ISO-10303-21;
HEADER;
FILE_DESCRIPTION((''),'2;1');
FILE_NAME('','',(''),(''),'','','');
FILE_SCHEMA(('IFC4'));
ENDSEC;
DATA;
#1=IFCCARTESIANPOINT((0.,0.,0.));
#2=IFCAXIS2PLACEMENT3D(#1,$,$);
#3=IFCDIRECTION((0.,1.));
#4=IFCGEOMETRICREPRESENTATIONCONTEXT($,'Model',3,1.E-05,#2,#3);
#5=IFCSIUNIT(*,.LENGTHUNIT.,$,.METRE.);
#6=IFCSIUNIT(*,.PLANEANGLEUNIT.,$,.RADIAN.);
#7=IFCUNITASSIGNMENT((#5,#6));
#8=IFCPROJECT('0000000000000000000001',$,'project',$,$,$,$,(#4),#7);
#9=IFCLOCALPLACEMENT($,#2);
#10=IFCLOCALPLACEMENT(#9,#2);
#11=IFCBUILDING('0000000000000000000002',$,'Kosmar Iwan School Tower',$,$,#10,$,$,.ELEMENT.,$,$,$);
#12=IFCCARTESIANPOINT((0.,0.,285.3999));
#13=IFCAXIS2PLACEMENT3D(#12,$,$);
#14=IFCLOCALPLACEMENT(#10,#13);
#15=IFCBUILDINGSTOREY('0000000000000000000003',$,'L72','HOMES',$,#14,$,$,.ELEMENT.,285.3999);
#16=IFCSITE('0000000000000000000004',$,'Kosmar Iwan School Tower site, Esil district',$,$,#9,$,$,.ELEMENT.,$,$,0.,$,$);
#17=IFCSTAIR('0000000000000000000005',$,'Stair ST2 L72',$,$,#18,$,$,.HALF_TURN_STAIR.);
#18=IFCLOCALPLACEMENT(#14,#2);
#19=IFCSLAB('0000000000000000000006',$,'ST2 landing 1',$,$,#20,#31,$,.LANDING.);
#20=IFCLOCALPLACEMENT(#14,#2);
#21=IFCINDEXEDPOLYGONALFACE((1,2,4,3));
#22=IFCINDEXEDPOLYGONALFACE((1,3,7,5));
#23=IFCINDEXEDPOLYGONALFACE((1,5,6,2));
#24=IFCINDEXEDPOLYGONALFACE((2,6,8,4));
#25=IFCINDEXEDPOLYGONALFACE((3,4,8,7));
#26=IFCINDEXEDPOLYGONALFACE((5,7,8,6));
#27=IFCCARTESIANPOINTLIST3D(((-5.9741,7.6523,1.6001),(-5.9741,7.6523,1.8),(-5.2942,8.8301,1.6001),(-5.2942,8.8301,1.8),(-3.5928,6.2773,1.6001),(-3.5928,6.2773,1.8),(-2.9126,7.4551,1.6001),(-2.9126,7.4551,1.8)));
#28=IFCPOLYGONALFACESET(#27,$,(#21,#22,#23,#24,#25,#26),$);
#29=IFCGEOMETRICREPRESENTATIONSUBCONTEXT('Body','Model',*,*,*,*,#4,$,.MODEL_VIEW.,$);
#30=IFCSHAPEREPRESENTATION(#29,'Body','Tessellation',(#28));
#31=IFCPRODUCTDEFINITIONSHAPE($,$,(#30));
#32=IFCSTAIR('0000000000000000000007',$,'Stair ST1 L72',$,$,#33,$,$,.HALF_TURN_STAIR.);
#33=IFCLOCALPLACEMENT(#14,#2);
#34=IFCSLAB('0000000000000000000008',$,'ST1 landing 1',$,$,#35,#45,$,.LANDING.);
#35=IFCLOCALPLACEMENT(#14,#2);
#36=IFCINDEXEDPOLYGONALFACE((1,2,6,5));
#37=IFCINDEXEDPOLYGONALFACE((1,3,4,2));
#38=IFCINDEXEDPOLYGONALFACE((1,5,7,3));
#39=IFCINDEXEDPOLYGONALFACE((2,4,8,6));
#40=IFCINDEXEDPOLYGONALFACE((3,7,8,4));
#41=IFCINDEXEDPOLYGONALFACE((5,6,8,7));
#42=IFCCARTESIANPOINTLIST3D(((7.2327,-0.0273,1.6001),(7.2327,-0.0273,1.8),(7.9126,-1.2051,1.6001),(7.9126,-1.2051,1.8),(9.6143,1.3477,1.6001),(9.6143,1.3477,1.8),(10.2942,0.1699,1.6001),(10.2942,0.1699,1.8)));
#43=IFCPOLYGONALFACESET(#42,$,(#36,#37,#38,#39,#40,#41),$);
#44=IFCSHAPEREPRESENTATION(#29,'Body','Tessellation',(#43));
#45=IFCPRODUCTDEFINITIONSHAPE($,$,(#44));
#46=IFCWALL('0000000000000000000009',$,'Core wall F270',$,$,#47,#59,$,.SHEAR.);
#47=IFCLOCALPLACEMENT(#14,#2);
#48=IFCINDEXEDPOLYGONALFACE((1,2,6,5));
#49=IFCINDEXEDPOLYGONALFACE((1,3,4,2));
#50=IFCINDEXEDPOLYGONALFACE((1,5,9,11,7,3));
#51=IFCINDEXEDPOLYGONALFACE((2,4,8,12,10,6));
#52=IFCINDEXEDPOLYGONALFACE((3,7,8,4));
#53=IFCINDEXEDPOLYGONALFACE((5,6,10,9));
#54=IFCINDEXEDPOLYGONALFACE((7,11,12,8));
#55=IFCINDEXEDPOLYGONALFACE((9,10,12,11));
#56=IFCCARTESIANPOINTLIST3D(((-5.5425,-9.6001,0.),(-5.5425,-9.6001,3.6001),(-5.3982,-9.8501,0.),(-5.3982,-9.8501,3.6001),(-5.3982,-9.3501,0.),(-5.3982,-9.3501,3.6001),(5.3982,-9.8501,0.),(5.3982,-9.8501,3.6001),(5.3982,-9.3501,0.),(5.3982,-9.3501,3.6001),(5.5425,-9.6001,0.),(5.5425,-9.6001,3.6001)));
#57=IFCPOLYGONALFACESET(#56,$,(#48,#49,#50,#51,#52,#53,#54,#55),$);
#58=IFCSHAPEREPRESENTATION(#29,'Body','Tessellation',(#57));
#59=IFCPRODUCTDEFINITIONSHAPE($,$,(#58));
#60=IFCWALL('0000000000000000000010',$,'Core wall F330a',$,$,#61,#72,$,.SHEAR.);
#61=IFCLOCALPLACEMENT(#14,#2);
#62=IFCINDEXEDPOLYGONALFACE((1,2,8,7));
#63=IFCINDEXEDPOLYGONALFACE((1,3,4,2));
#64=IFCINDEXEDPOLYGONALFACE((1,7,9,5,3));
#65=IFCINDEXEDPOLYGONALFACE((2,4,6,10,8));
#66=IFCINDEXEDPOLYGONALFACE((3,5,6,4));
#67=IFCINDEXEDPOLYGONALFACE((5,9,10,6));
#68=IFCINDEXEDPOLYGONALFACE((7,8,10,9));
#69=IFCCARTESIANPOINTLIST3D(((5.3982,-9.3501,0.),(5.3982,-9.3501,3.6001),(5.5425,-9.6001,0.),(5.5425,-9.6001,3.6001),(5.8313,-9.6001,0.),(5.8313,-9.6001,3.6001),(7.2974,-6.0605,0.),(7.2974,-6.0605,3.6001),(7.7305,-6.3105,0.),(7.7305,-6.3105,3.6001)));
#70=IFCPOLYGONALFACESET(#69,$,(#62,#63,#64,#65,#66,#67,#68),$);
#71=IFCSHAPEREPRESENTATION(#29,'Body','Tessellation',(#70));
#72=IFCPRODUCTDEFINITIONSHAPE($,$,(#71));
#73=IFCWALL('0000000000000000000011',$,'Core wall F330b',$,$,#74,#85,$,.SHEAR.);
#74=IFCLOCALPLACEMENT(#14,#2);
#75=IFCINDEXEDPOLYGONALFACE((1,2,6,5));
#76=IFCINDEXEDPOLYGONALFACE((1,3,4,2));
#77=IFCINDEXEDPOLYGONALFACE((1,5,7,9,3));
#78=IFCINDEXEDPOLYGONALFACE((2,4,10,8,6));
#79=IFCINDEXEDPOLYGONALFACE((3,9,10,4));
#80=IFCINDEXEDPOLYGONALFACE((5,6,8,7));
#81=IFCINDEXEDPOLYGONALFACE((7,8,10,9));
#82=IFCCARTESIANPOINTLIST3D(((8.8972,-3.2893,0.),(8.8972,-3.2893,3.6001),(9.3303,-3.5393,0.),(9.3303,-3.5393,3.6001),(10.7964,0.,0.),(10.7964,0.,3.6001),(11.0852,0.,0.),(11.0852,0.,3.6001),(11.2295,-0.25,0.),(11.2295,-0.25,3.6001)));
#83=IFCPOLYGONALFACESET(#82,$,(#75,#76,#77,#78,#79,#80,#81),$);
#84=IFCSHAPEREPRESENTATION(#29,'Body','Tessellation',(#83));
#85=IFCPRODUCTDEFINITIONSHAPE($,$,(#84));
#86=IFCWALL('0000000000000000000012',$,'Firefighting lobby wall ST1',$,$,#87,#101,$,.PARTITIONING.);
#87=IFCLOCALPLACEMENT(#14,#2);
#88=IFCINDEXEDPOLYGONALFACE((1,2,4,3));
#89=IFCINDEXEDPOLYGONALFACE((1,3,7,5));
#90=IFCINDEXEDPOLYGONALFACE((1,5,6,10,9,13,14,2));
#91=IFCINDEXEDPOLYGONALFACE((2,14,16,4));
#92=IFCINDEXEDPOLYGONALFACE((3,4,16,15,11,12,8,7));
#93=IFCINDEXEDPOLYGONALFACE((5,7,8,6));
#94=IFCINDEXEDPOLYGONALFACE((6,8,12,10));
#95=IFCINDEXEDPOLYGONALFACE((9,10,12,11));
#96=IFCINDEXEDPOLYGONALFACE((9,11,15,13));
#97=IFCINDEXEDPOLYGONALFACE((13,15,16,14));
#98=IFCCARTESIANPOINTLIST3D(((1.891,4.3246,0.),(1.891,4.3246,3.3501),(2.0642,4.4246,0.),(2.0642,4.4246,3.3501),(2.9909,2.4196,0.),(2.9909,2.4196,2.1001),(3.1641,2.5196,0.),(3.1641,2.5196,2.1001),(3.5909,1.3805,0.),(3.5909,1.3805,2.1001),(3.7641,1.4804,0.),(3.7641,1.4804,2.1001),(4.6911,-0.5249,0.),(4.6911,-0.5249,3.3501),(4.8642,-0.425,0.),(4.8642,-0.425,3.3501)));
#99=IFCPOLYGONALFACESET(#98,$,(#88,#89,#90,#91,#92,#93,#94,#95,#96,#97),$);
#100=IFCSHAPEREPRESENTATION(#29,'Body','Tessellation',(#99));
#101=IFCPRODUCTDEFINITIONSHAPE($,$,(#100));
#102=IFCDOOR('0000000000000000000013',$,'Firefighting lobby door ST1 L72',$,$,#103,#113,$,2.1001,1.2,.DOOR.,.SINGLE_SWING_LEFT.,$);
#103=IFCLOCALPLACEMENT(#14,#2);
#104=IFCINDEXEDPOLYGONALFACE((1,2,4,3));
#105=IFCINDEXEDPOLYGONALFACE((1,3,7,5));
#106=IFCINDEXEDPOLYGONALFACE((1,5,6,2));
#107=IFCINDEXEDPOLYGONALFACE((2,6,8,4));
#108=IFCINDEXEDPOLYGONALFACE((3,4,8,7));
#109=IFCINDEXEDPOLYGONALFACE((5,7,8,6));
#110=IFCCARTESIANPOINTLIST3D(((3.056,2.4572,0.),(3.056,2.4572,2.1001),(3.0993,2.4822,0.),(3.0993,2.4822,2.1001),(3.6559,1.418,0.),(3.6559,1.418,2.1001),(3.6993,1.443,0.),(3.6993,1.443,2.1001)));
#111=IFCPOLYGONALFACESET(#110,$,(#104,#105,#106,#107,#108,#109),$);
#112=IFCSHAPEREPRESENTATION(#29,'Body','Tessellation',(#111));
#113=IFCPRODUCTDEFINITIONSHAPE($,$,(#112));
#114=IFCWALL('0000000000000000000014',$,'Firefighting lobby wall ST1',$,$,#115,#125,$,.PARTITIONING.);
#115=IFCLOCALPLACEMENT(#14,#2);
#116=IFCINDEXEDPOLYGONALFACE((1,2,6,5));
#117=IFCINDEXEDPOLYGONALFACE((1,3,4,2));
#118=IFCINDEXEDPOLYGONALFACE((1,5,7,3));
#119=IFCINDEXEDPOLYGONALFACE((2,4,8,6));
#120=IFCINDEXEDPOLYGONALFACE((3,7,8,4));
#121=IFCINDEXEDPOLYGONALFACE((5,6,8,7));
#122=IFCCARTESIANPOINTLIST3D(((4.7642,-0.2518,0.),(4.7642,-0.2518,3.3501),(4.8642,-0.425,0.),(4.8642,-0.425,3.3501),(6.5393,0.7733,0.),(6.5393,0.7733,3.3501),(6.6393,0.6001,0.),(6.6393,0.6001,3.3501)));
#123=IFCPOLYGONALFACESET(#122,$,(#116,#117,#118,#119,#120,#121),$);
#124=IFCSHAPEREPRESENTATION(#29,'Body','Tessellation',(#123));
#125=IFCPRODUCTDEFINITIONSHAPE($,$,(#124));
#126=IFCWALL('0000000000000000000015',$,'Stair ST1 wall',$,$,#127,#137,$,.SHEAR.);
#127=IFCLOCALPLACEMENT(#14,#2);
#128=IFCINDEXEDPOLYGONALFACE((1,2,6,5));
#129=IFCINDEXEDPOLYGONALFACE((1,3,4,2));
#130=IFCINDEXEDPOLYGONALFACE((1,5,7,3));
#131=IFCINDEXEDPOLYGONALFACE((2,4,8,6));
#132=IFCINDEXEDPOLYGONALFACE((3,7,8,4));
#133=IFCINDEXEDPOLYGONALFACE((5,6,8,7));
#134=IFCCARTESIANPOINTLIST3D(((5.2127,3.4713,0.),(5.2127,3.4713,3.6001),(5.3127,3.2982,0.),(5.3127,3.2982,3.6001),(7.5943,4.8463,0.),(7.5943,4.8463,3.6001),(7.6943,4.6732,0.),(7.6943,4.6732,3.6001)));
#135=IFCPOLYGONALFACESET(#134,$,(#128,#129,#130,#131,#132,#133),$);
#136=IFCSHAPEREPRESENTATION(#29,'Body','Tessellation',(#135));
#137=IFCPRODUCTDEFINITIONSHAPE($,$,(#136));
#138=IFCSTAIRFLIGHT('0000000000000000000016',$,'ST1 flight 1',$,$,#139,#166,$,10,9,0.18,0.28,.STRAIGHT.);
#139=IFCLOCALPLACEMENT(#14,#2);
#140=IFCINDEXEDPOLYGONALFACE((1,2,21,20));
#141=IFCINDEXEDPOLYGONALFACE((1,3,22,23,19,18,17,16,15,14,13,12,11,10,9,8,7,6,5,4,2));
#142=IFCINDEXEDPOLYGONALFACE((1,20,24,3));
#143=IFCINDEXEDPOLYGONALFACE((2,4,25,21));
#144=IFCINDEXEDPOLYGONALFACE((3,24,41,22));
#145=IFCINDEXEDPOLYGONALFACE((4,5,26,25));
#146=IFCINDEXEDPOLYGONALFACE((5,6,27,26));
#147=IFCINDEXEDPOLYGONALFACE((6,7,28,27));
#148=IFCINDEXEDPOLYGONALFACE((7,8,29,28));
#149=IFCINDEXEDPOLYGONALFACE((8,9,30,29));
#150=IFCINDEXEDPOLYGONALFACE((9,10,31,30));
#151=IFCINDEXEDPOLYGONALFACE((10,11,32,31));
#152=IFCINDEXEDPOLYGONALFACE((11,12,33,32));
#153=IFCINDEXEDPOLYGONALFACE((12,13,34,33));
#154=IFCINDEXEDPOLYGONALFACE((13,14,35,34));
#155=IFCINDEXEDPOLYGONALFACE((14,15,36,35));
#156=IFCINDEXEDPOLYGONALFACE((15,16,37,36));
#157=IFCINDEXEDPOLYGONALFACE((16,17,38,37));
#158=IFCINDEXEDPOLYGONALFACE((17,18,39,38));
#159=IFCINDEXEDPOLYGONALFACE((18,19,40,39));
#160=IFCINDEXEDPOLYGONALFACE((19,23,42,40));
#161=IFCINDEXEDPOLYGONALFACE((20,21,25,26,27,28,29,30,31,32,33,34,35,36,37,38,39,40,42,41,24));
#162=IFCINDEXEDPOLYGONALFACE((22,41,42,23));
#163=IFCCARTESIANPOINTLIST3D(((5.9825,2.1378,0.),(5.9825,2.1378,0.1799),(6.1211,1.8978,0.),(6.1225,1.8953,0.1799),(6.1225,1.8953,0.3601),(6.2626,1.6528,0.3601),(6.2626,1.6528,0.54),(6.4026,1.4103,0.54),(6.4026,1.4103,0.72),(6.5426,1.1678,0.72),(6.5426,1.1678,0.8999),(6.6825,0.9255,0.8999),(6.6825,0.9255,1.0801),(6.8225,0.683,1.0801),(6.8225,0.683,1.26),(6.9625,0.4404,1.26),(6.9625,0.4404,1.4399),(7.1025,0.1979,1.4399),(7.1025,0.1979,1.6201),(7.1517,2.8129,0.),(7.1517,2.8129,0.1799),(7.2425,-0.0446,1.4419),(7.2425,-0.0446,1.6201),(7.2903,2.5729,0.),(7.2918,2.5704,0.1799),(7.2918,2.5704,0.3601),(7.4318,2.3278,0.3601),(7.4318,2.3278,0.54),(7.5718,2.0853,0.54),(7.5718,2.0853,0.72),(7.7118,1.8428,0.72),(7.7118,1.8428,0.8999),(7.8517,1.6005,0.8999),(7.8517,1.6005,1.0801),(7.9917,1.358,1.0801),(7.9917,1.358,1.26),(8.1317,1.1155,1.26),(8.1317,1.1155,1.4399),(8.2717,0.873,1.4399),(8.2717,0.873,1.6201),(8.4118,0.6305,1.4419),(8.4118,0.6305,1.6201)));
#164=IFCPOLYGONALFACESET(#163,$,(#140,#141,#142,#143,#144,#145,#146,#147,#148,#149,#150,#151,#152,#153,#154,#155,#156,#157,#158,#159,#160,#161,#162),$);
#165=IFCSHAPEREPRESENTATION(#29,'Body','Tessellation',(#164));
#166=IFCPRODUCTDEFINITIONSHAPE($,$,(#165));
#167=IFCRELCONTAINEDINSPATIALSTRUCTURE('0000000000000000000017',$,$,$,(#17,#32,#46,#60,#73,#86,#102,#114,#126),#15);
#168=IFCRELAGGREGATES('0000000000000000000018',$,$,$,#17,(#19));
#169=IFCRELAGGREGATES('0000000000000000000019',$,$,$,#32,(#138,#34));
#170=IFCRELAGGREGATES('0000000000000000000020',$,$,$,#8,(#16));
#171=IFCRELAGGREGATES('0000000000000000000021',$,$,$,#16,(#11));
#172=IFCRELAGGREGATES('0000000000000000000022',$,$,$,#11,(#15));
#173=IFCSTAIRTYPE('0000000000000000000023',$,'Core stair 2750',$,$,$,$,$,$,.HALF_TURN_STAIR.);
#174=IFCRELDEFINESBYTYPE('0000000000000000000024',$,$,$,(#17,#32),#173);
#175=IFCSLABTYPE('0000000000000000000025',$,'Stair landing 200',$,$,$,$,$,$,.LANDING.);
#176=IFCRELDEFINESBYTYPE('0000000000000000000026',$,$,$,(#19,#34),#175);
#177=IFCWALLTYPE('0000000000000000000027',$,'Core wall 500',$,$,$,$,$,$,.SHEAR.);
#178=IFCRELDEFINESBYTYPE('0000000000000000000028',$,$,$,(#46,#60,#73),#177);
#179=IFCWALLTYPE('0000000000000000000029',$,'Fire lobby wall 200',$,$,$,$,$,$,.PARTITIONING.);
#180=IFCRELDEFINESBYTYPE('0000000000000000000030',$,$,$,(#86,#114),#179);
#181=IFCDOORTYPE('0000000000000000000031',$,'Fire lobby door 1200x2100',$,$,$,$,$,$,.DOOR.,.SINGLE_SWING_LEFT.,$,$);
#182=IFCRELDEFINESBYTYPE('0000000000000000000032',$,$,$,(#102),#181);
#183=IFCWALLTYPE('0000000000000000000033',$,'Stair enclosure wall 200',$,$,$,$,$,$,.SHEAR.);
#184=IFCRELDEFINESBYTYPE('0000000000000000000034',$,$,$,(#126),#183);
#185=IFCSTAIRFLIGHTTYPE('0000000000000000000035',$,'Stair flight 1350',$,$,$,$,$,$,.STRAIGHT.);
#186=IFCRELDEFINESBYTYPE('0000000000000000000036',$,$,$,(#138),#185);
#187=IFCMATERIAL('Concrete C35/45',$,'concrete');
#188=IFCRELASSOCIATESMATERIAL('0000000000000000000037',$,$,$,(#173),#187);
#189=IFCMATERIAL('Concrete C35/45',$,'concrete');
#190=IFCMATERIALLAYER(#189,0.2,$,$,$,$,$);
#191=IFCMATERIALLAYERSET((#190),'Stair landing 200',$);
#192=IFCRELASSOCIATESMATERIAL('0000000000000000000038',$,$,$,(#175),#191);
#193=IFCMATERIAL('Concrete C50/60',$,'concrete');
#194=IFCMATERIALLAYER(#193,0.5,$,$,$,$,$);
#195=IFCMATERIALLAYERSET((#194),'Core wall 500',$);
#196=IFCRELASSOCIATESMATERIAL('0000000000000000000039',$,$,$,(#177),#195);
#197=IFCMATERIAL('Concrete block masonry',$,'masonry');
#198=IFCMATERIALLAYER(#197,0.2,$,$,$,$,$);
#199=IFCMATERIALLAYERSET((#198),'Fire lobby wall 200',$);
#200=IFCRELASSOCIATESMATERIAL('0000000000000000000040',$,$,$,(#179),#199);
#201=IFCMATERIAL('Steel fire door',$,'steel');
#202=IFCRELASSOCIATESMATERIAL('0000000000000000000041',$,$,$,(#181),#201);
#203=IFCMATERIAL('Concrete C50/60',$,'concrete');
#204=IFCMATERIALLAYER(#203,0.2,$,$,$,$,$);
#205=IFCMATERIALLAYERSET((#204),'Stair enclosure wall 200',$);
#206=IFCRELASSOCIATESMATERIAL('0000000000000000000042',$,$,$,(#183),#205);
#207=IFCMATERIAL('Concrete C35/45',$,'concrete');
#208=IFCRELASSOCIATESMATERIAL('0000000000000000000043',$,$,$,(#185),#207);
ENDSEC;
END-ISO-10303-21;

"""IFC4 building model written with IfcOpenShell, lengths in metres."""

from ifc_helpers import new_model, si_unit, direction, frame, frame_2d, origin, place, context, subcontext, project, spatial, polyline, rectangle, outline, extrude, material, layer, layer_set, type_object, element, fill, aggregate, save


model = new_model("IFC4")

# Units and contexts
model_context = context("Model", 3, precision=1e-05, world=origin(), true_north=direction((0.0, 1.0)))
body_context = subcontext(model_context, "Body", "Model", "MODEL_VIEW")
ifc_project = project(units=[si_unit("LENGTHUNIT", "METRE"), si_unit("PLANEANGLEUNIT", "RADIAN")], contexts=[model_context])

# Site, building, storey
site_placement = place(None, origin())
site = spatial("IfcSite", under=ifc_project, at=site_placement, Name="Kosmar Iwan School Tower site, Esil district", CompositionType="ELEMENT", RefElevation=0.0)
building_placement = place(site_placement, origin())
building = spatial("IfcBuilding", under=site, at=building_placement, Name="Kosmar Iwan School Tower", CompositionType="ELEMENT")
storey_placement = place(building_placement, frame((0.0, 0.0, 285.3999)))
storey = spatial("IfcBuildingStorey", under=building, at=storey_placement, Name="L72", Description="HOMES", CompositionType="ELEMENT", Elevation=285.3999)

# Stairs, slabs
ifc_material_1 = material(Name="Concrete C35/45", Category="concrete")
stair_type = type_object("IfcStairType", Name="Core stair 2750", PredefinedType="HALF_TURN_STAIR", material=ifc_material_1)
stair_1_placement = place(storey_placement, origin())
stair_1 = element("IfcStair", 1, at=stair_1_placement, inside=storey, type_object=stair_type, Name="Stair ST2 L72", PredefinedType="HALF_TURN_STAIR")
ifc_material_2 = material(Name="Concrete C35/45", Category="concrete")
ifc_layer_1 = layer(ifc_material_2, 0.2)
ifc_layer_set_1 = layer_set([ifc_layer_1], Name="Stair landing 200")
slab_type = type_object("IfcSlabType", Name="Stair landing 200", PredefinedType="LANDING", material=ifc_layer_set_1)
slab_1_placement = place(storey_placement, frame((0.0, 0.0, 1.6001)))
slab_1 = element("IfcSlab", 2, at=slab_1_placement, type_object=slab_type, Name="ST2 landing 1", PredefinedType="LANDING", context=body_context, shape_type="SweptSolid", body=[
    extrude(outline(polyline([(-2.9126, 7.4551), (-5.2942, 8.8301), (-5.9741, 7.6523), (-3.5928, 6.2773), (-2.9126, 7.4551)])), origin(), (0.0, 0.0, 1.0), 0.2),
])
aggregate(stair_1, [slab_1])
stair_2_placement = place(storey_placement, origin())
stair_2 = element("IfcStair", 3, at=stair_2_placement, inside=storey, type_object=stair_type, Name="Stair ST1 L72", PredefinedType="HALF_TURN_STAIR")
slab_2_placement = place(storey_placement, frame((0.0, 0.0, 1.6001)))
slab_2 = element("IfcSlab", 4, at=slab_2_placement, type_object=slab_type, Name="ST1 landing 1", PredefinedType="LANDING", context=body_context, shape_type="SweptSolid", body=[
    extrude(outline(polyline([(7.9126, -1.2051), (10.2942, 0.1699), (9.6143, 1.3477), (7.2327, -0.0273), (7.9126, -1.2051)])), origin(), (0.0, 0.0, 1.0), 0.2),
])

# Walls
ifc_material_3 = material(Name="Concrete C50/60", Category="concrete")
ifc_layer_2 = layer(ifc_material_3, 0.5)
ifc_layer_set_2 = layer_set([ifc_layer_2], Name="Core wall 500")
wall_type_1 = type_object("IfcWallType", Name="Core wall 500", PredefinedType="SHEAR", material=ifc_layer_set_2)
wall_1_placement = place(storey_placement, origin())
element("IfcWall", 5, at=wall_1_placement, inside=storey, type_object=wall_type_1, Name="Core wall F270", PredefinedType="SHEAR", context=body_context, shape_type="SweptSolid", body=[
    extrude(outline(polyline([(-5.3982, -9.8501), (5.3982, -9.8501), (5.5425, -9.6001), (5.3982, -9.3501), (-5.3982, -9.3501), (-5.5425, -9.6001), (-5.3982, -9.8501)])), origin(), (0.0, 0.0, 1.0), 3.6001),
])
wall_2_placement = place(storey_placement, origin())
element("IfcWall", 6, at=wall_2_placement, inside=storey, type_object=wall_type_1, Name="Core wall F330a", PredefinedType="SHEAR", context=body_context, shape_type="SweptSolid", body=[
    extrude(outline(polyline([(5.5425, -9.6001), (5.8313, -9.6001), (7.7305, -6.3105), (7.2974, -6.0605), (5.3982, -9.3501), (5.5425, -9.6001)])), origin(), (0.0, 0.0, 1.0), 3.6001),
])
wall_3_placement = place(storey_placement, origin())
element("IfcWall", 7, at=wall_3_placement, inside=storey, type_object=wall_type_1, Name="Core wall F330b", PredefinedType="SHEAR", context=body_context, shape_type="SweptSolid", body=[
    extrude(outline(polyline([(9.3303, -3.5393), (11.2295, -0.25), (11.0852, 0.0), (10.7964, 0.0), (8.8972, -3.2893), (9.3303, -3.5393)])), origin(), (0.0, 0.0, 1.0), 3.6001),
])

# Wall, opening, door
ifc_material_4 = material(Name="Concrete block masonry", Category="masonry")
ifc_layer_3 = layer(ifc_material_4, 0.2)
ifc_layer_set_3 = layer_set([ifc_layer_3], Name="Fire lobby wall 200")
wall_type_2 = type_object("IfcWallType", Name="Fire lobby wall 200", PredefinedType="PARTITIONING", material=ifc_layer_set_3)
wall_4_placement = place(storey_placement, frame((4.7776, -0.4749, 0.0), z_axis=(0.0, 0.0, 1.0), x_axis=(-0.500017, 0.866016, 0.0)))
wall_4 = element("IfcWall", 8, at=wall_4_placement, inside=storey, type_object=wall_type_2, Name="Firefighting lobby wall ST1", PredefinedType="PARTITIONING", context=body_context, shape_type="SweptSolid", body=[
    extrude(rectangle(XDim=5.5999, YDim=0.2, at=frame_2d((2.7998, 0.0))), origin(), (0.0, 0.0, 1.0), 3.3501),
])
opening_placement = place(wall_4_placement, frame((2.2, 0.0, 0.0)))
opening = element("IfcOpeningElement", 9, at=opening_placement, cuts=wall_4, PredefinedType="OPENING", context=body_context, shape_type="SweptSolid", body=[
    extrude(rectangle(XDim=1.2, YDim=2.1001, at=frame_2d((0.6001, 1.05))), frame((0.0, 0.1121, 0.0), z_axis=(0.0, -1.0, 0.0), x_axis=(1.0, 0.0, 0.0)), (0.0, 0.0, 1.0), 0.2239),
])
ifc_material_5 = material(Name="Steel fire door", Category="steel")
door_type = type_object("IfcDoorType", Name="Fire lobby door 1200x2100", OperationType="SINGLE_SWING_LEFT", PredefinedType="DOOR", material=ifc_material_5)
door_placement = place(opening_placement, origin())
door = element("IfcDoor", 10, at=door_placement, inside=storey, type_object=door_type, Name="Firefighting lobby door ST1 L72", OperationType="SINGLE_SWING_LEFT", OverallHeight=2.1001, OverallWidth=1.2, PredefinedType="DOOR", context=body_context, shape_type="SweptSolid", body=[
    extrude(rectangle(XDim=1.2, YDim=2.1001, at=frame_2d((0.6001, 1.05))), frame((0.0, 0.0249, 0.0), z_axis=(0.0, -1.0, 0.0), x_axis=(1.0, 0.0, 0.0)), (0.0, 0.0, 1.0), 0.05),
])
fill(opening, door)

# Walls
wall_5_placement = place(storey_placement, frame((4.8142, -0.3384, 0.0), z_axis=(0.0, 0.0, 1.0), x_axis=(0.865969, 0.500097, 0.0)))
element("IfcWall", 11, at=wall_5_placement, inside=storey, type_object=wall_type_2, Name="Firefighting lobby wall ST1", PredefinedType="PARTITIONING", context=body_context, shape_type="SweptSolid", body=[
    extrude(rectangle(XDim=2.0498, YDim=0.2, at=frame_2d((1.0249, 0.0))), origin(), (0.0, 0.0, 1.0), 3.3501),
])
ifc_material_6 = material(Name="Concrete C50/60", Category="concrete")
ifc_layer_4 = layer(ifc_material_6, 0.2)
ifc_layer_set_4 = layer_set([ifc_layer_4], Name="Stair enclosure wall 200")
wall_type_3 = type_object("IfcWallType", Name="Stair enclosure wall 200", PredefinedType="SHEAR", material=ifc_layer_set_4)
wall_6_placement = place(storey_placement, frame((5.2627, 3.3848, 0.0), z_axis=(0.0, 0.0, 1.0), x_axis=(0.866027, 0.499997, 0.0)))
element("IfcWall", 12, at=wall_6_placement, inside=storey, type_object=wall_type_3, Name="Stair ST1 wall", PredefinedType="SHEAR", context=body_context, shape_type="SweptSolid", body=[
    extrude(rectangle(XDim=2.75, YDim=0.2, at=frame_2d((1.375, 0.0))), origin(), (0.0, 0.0, 1.0), 3.6001),
])

# Stair flight
ifc_material_7 = material(Name="Concrete C35/45", Category="concrete")
stair_flight_type = type_object("IfcStairFlightType", Name="Stair flight 1350", PredefinedType="STRAIGHT", material=ifc_material_7)
stair_flight_placement = place(storey_placement, frame((6.5671, 2.4753, 0.0), z_axis=(0.0, 0.0, 1.0), x_axis=(0.5, -0.866025, 0.0)))
stair_flight = element("IfcStairFlight", 13, at=stair_flight_placement, type_object=stair_flight_type, Name="ST1 flight 1", NumberOfRisers=10, NumberOfTreads=9, PredefinedType="STRAIGHT", RiserHeight=0.18, TreadLength=0.28, context=body_context, shape_type="SweptSolid", body=[
    extrude(outline(polyline([(0.0, 0.0), (0.0, 0.1799), (0.28, 0.1799), (0.28, 0.3601), (0.5601, 0.3601), (0.5601, 0.54), (0.8401, 0.54), (0.8401, 0.72), (1.1201, 0.72), (1.1201, 0.8999), (1.3999, 0.8999), (1.3999, 1.0801), (1.6799, 1.0801), (1.6799, 1.26), (1.96, 1.26), (1.96, 1.4399), (2.24, 1.4399), (2.24, 1.6201), (2.52, 1.6201), (2.52, 1.8), (2.52, 1.4419), (0.2771, 0.0), (0.0, 0.0)])), frame((0.0, 0.675, 0.0), z_axis=(0.0, -1.0, 0.0), x_axis=(1.0, 0.0, 0.0)), (0.0, 0.0, 1.0), 1.3501),
])
aggregate(stair_2, [stair_flight, slab_2])

save(model, "model.ifc")
